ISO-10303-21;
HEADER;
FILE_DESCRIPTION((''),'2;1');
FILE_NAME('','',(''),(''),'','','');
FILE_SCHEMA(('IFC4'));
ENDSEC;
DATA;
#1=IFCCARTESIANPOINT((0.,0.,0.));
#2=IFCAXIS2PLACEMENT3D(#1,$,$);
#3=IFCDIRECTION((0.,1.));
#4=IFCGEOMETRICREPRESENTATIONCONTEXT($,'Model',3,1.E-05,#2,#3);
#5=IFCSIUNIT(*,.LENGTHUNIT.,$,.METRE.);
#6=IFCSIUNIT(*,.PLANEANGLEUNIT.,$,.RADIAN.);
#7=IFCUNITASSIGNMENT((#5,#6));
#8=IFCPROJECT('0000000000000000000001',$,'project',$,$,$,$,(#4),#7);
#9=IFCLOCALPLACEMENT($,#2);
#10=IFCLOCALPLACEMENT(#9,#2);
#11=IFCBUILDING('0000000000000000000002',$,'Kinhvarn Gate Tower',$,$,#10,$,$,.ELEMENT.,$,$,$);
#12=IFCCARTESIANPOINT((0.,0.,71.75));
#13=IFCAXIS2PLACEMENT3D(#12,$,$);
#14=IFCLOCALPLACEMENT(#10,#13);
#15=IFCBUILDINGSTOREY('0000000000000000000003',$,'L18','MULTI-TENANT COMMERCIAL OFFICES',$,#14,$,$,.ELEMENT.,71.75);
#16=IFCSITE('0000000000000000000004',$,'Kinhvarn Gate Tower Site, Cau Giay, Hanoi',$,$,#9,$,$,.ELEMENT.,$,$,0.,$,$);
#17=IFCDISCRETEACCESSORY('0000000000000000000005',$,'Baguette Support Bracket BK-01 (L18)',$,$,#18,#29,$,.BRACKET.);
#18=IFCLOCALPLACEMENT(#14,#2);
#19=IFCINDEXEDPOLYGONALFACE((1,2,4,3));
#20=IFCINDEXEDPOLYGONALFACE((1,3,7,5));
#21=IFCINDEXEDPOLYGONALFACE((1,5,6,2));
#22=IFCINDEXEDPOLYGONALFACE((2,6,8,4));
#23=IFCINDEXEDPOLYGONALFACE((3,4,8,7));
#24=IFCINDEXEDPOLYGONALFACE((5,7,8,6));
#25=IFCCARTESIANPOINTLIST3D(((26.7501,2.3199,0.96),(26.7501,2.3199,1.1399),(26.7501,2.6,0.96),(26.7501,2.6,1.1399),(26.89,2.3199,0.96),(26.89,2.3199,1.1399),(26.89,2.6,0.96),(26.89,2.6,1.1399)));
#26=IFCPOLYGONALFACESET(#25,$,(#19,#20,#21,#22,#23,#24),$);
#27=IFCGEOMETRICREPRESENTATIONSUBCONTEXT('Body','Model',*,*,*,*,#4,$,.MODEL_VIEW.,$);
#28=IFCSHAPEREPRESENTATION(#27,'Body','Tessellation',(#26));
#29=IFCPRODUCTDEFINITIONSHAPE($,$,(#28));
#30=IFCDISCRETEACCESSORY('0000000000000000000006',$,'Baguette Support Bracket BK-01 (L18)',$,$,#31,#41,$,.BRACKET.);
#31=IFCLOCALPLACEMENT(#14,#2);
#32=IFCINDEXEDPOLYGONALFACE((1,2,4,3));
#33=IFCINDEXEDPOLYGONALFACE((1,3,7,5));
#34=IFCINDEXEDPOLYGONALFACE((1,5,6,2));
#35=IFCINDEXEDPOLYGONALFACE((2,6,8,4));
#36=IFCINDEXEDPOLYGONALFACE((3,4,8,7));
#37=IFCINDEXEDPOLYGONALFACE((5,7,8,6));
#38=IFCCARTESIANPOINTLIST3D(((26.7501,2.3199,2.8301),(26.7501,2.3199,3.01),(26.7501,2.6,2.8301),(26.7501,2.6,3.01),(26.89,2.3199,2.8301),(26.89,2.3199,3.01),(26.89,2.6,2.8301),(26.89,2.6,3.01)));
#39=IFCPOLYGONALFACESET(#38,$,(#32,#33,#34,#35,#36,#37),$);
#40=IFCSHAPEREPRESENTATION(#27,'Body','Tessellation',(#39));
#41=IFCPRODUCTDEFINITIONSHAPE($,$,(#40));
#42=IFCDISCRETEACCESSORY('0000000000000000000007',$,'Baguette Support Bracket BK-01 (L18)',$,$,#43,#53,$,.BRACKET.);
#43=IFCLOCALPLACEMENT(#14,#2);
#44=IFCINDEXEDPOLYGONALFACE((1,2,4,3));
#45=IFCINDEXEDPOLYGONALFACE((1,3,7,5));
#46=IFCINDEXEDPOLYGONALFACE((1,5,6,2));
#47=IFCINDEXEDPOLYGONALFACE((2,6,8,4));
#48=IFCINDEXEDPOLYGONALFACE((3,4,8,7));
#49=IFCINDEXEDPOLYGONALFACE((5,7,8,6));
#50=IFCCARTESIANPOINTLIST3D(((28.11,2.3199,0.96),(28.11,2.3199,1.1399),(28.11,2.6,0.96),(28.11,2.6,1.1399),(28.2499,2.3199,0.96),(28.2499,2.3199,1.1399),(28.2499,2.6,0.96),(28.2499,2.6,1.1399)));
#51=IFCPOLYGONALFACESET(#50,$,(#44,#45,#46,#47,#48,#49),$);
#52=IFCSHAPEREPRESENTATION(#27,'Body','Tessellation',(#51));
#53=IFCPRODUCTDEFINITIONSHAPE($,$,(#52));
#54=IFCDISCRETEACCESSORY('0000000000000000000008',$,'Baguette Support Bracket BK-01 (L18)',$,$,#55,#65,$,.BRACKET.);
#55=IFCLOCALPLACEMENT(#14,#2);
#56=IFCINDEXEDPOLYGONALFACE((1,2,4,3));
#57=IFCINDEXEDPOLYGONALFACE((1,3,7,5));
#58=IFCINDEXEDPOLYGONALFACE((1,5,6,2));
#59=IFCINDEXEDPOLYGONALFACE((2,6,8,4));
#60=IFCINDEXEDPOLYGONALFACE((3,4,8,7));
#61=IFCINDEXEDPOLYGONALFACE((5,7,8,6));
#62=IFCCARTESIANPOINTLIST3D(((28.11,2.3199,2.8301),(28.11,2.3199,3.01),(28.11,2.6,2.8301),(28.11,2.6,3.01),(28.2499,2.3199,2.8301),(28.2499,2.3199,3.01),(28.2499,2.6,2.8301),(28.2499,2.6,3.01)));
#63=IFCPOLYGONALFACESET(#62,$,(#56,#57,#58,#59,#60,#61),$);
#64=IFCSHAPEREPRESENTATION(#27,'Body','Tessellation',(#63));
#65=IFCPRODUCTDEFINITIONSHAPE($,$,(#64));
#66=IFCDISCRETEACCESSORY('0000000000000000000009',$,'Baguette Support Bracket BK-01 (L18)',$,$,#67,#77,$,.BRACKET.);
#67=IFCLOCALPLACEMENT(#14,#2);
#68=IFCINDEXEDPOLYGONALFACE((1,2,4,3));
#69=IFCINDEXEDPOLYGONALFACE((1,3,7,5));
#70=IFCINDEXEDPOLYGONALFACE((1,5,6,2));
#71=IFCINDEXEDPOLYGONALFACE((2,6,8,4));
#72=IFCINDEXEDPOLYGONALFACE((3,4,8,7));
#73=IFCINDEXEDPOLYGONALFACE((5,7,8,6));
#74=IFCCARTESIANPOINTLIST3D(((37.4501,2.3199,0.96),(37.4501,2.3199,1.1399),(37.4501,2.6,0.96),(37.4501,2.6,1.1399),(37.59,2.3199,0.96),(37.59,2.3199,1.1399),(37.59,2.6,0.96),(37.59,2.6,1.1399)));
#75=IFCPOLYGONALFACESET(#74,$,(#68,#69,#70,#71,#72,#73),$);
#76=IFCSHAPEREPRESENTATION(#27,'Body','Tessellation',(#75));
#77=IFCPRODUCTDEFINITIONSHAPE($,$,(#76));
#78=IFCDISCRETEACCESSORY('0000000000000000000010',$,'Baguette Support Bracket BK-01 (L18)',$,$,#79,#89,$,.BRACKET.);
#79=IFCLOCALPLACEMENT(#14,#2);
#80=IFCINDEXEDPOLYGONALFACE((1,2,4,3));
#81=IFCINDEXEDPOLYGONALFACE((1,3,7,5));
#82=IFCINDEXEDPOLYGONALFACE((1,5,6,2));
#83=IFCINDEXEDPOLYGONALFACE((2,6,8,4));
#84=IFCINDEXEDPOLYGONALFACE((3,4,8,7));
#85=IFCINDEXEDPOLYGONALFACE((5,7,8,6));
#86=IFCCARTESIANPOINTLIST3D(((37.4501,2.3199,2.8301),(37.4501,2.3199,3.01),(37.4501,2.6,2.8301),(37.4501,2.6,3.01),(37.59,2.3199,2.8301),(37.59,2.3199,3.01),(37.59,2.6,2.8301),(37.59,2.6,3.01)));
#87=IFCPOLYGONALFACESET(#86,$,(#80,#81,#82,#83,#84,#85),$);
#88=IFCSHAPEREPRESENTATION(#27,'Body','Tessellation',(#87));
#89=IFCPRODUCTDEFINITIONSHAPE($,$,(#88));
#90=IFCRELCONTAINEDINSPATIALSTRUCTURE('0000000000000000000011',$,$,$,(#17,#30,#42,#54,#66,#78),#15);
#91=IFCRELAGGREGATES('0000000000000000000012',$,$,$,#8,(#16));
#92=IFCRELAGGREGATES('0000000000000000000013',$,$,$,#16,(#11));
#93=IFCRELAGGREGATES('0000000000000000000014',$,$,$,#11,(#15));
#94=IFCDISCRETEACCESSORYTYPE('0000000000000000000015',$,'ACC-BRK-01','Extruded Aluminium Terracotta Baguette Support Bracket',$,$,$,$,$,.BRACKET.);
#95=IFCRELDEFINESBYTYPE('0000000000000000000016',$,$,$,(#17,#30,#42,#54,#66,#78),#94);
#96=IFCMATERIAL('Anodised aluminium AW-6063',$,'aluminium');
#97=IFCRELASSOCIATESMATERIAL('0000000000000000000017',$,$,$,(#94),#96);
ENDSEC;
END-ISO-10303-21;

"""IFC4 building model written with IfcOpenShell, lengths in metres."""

from ifc_helpers import new_model, si_unit, direction, frame, origin, origin_2d, place, context, subcontext, project, spatial, rectangle, extrude, material, type_object, element, save


model = new_model("IFC4")

# Units and contexts
model_context = context("Model", 3, precision=1e-05, world=origin(), true_north=direction((0.0, 1.0)))
body_context = subcontext(model_context, "Body", "Model", "MODEL_VIEW")
ifc_project = project(units=[si_unit("LENGTHUNIT", "METRE"), si_unit("PLANEANGLEUNIT", "RADIAN")], contexts=[model_context])

# Site, building, storey
site_placement = place(None, origin())
site = spatial("IfcSite", under=ifc_project, at=site_placement, Name="Kinhvarn Gate Tower Site, Cau Giay, Hanoi", CompositionType="ELEMENT", RefElevation=0.0)
building_placement = place(site_placement, origin())
building = spatial("IfcBuilding", under=site, at=building_placement, Name="Kinhvarn Gate Tower", CompositionType="ELEMENT")
storey_placement = place(building_placement, frame((0.0, 0.0, 71.75)))
storey = spatial("IfcBuildingStorey", under=building, at=storey_placement, Name="L18", Description="MULTI-TENANT COMMERCIAL OFFICES", CompositionType="ELEMENT", Elevation=71.75)

# Shared definitions
ifc_material_1 = material(Name="Anodised aluminium AW-6063", Category="aluminium")

# Discrete accessories
discrete_accessory_type = type_object("IfcDiscreteAccessoryType", Name="ACC-BRK-01", Description="Extruded Aluminium Terracotta Baguette Support Bracket", PredefinedType="BRACKET", material=ifc_material_1)
for number, where, z_axis, x_axis, name in (
    (1, (26.8201, 2.46, 0.96), (0.0, 0.0, 1.0), (1.0, 0.0, 0.0), "Baguette Support Bracket BK-01 (L18)"),
    (2, (26.8201, 2.46, 2.8301), (0.0, 0.0, 1.0), (1.0, 0.0, 0.0), "Baguette Support Bracket BK-01 (L18)"),
    (3, (28.1799, 2.46, 0.96), (0.0, 0.0, 1.0), (1.0, 0.0, 0.0), "Baguette Support Bracket BK-01 (L18)"),
    (4, (28.1799, 2.46, 2.8301), (0.0, 0.0, 1.0), (1.0, 0.0, 0.0), "Baguette Support Bracket BK-01 (L18)"),
    (5, (37.52, 2.46, 0.96), (0.0, 0.0, 1.0), (1.0, 0.0, 0.0), "Baguette Support Bracket BK-01 (L18)"),
    (6, (37.52, 2.46, 2.8301), (0.0, 0.0, 1.0), (1.0, 0.0, 0.0), "Baguette Support Bracket BK-01 (L18)"),
):
    element("IfcDiscreteAccessory", number, at=place(storey_placement, frame(where, z_axis=z_axis, x_axis=x_axis)), inside=storey, type_object=discrete_accessory_type, Name=name, PredefinedType="BRACKET", context=body_context, shape_type="SweptSolid", body=[
        extrude(rectangle(XDim=0.1399, YDim=0.28, at=origin_2d()), origin(), (0.0, 0.0, 1.0), 0.1799),
    ])

save(model, "model.ifc")
